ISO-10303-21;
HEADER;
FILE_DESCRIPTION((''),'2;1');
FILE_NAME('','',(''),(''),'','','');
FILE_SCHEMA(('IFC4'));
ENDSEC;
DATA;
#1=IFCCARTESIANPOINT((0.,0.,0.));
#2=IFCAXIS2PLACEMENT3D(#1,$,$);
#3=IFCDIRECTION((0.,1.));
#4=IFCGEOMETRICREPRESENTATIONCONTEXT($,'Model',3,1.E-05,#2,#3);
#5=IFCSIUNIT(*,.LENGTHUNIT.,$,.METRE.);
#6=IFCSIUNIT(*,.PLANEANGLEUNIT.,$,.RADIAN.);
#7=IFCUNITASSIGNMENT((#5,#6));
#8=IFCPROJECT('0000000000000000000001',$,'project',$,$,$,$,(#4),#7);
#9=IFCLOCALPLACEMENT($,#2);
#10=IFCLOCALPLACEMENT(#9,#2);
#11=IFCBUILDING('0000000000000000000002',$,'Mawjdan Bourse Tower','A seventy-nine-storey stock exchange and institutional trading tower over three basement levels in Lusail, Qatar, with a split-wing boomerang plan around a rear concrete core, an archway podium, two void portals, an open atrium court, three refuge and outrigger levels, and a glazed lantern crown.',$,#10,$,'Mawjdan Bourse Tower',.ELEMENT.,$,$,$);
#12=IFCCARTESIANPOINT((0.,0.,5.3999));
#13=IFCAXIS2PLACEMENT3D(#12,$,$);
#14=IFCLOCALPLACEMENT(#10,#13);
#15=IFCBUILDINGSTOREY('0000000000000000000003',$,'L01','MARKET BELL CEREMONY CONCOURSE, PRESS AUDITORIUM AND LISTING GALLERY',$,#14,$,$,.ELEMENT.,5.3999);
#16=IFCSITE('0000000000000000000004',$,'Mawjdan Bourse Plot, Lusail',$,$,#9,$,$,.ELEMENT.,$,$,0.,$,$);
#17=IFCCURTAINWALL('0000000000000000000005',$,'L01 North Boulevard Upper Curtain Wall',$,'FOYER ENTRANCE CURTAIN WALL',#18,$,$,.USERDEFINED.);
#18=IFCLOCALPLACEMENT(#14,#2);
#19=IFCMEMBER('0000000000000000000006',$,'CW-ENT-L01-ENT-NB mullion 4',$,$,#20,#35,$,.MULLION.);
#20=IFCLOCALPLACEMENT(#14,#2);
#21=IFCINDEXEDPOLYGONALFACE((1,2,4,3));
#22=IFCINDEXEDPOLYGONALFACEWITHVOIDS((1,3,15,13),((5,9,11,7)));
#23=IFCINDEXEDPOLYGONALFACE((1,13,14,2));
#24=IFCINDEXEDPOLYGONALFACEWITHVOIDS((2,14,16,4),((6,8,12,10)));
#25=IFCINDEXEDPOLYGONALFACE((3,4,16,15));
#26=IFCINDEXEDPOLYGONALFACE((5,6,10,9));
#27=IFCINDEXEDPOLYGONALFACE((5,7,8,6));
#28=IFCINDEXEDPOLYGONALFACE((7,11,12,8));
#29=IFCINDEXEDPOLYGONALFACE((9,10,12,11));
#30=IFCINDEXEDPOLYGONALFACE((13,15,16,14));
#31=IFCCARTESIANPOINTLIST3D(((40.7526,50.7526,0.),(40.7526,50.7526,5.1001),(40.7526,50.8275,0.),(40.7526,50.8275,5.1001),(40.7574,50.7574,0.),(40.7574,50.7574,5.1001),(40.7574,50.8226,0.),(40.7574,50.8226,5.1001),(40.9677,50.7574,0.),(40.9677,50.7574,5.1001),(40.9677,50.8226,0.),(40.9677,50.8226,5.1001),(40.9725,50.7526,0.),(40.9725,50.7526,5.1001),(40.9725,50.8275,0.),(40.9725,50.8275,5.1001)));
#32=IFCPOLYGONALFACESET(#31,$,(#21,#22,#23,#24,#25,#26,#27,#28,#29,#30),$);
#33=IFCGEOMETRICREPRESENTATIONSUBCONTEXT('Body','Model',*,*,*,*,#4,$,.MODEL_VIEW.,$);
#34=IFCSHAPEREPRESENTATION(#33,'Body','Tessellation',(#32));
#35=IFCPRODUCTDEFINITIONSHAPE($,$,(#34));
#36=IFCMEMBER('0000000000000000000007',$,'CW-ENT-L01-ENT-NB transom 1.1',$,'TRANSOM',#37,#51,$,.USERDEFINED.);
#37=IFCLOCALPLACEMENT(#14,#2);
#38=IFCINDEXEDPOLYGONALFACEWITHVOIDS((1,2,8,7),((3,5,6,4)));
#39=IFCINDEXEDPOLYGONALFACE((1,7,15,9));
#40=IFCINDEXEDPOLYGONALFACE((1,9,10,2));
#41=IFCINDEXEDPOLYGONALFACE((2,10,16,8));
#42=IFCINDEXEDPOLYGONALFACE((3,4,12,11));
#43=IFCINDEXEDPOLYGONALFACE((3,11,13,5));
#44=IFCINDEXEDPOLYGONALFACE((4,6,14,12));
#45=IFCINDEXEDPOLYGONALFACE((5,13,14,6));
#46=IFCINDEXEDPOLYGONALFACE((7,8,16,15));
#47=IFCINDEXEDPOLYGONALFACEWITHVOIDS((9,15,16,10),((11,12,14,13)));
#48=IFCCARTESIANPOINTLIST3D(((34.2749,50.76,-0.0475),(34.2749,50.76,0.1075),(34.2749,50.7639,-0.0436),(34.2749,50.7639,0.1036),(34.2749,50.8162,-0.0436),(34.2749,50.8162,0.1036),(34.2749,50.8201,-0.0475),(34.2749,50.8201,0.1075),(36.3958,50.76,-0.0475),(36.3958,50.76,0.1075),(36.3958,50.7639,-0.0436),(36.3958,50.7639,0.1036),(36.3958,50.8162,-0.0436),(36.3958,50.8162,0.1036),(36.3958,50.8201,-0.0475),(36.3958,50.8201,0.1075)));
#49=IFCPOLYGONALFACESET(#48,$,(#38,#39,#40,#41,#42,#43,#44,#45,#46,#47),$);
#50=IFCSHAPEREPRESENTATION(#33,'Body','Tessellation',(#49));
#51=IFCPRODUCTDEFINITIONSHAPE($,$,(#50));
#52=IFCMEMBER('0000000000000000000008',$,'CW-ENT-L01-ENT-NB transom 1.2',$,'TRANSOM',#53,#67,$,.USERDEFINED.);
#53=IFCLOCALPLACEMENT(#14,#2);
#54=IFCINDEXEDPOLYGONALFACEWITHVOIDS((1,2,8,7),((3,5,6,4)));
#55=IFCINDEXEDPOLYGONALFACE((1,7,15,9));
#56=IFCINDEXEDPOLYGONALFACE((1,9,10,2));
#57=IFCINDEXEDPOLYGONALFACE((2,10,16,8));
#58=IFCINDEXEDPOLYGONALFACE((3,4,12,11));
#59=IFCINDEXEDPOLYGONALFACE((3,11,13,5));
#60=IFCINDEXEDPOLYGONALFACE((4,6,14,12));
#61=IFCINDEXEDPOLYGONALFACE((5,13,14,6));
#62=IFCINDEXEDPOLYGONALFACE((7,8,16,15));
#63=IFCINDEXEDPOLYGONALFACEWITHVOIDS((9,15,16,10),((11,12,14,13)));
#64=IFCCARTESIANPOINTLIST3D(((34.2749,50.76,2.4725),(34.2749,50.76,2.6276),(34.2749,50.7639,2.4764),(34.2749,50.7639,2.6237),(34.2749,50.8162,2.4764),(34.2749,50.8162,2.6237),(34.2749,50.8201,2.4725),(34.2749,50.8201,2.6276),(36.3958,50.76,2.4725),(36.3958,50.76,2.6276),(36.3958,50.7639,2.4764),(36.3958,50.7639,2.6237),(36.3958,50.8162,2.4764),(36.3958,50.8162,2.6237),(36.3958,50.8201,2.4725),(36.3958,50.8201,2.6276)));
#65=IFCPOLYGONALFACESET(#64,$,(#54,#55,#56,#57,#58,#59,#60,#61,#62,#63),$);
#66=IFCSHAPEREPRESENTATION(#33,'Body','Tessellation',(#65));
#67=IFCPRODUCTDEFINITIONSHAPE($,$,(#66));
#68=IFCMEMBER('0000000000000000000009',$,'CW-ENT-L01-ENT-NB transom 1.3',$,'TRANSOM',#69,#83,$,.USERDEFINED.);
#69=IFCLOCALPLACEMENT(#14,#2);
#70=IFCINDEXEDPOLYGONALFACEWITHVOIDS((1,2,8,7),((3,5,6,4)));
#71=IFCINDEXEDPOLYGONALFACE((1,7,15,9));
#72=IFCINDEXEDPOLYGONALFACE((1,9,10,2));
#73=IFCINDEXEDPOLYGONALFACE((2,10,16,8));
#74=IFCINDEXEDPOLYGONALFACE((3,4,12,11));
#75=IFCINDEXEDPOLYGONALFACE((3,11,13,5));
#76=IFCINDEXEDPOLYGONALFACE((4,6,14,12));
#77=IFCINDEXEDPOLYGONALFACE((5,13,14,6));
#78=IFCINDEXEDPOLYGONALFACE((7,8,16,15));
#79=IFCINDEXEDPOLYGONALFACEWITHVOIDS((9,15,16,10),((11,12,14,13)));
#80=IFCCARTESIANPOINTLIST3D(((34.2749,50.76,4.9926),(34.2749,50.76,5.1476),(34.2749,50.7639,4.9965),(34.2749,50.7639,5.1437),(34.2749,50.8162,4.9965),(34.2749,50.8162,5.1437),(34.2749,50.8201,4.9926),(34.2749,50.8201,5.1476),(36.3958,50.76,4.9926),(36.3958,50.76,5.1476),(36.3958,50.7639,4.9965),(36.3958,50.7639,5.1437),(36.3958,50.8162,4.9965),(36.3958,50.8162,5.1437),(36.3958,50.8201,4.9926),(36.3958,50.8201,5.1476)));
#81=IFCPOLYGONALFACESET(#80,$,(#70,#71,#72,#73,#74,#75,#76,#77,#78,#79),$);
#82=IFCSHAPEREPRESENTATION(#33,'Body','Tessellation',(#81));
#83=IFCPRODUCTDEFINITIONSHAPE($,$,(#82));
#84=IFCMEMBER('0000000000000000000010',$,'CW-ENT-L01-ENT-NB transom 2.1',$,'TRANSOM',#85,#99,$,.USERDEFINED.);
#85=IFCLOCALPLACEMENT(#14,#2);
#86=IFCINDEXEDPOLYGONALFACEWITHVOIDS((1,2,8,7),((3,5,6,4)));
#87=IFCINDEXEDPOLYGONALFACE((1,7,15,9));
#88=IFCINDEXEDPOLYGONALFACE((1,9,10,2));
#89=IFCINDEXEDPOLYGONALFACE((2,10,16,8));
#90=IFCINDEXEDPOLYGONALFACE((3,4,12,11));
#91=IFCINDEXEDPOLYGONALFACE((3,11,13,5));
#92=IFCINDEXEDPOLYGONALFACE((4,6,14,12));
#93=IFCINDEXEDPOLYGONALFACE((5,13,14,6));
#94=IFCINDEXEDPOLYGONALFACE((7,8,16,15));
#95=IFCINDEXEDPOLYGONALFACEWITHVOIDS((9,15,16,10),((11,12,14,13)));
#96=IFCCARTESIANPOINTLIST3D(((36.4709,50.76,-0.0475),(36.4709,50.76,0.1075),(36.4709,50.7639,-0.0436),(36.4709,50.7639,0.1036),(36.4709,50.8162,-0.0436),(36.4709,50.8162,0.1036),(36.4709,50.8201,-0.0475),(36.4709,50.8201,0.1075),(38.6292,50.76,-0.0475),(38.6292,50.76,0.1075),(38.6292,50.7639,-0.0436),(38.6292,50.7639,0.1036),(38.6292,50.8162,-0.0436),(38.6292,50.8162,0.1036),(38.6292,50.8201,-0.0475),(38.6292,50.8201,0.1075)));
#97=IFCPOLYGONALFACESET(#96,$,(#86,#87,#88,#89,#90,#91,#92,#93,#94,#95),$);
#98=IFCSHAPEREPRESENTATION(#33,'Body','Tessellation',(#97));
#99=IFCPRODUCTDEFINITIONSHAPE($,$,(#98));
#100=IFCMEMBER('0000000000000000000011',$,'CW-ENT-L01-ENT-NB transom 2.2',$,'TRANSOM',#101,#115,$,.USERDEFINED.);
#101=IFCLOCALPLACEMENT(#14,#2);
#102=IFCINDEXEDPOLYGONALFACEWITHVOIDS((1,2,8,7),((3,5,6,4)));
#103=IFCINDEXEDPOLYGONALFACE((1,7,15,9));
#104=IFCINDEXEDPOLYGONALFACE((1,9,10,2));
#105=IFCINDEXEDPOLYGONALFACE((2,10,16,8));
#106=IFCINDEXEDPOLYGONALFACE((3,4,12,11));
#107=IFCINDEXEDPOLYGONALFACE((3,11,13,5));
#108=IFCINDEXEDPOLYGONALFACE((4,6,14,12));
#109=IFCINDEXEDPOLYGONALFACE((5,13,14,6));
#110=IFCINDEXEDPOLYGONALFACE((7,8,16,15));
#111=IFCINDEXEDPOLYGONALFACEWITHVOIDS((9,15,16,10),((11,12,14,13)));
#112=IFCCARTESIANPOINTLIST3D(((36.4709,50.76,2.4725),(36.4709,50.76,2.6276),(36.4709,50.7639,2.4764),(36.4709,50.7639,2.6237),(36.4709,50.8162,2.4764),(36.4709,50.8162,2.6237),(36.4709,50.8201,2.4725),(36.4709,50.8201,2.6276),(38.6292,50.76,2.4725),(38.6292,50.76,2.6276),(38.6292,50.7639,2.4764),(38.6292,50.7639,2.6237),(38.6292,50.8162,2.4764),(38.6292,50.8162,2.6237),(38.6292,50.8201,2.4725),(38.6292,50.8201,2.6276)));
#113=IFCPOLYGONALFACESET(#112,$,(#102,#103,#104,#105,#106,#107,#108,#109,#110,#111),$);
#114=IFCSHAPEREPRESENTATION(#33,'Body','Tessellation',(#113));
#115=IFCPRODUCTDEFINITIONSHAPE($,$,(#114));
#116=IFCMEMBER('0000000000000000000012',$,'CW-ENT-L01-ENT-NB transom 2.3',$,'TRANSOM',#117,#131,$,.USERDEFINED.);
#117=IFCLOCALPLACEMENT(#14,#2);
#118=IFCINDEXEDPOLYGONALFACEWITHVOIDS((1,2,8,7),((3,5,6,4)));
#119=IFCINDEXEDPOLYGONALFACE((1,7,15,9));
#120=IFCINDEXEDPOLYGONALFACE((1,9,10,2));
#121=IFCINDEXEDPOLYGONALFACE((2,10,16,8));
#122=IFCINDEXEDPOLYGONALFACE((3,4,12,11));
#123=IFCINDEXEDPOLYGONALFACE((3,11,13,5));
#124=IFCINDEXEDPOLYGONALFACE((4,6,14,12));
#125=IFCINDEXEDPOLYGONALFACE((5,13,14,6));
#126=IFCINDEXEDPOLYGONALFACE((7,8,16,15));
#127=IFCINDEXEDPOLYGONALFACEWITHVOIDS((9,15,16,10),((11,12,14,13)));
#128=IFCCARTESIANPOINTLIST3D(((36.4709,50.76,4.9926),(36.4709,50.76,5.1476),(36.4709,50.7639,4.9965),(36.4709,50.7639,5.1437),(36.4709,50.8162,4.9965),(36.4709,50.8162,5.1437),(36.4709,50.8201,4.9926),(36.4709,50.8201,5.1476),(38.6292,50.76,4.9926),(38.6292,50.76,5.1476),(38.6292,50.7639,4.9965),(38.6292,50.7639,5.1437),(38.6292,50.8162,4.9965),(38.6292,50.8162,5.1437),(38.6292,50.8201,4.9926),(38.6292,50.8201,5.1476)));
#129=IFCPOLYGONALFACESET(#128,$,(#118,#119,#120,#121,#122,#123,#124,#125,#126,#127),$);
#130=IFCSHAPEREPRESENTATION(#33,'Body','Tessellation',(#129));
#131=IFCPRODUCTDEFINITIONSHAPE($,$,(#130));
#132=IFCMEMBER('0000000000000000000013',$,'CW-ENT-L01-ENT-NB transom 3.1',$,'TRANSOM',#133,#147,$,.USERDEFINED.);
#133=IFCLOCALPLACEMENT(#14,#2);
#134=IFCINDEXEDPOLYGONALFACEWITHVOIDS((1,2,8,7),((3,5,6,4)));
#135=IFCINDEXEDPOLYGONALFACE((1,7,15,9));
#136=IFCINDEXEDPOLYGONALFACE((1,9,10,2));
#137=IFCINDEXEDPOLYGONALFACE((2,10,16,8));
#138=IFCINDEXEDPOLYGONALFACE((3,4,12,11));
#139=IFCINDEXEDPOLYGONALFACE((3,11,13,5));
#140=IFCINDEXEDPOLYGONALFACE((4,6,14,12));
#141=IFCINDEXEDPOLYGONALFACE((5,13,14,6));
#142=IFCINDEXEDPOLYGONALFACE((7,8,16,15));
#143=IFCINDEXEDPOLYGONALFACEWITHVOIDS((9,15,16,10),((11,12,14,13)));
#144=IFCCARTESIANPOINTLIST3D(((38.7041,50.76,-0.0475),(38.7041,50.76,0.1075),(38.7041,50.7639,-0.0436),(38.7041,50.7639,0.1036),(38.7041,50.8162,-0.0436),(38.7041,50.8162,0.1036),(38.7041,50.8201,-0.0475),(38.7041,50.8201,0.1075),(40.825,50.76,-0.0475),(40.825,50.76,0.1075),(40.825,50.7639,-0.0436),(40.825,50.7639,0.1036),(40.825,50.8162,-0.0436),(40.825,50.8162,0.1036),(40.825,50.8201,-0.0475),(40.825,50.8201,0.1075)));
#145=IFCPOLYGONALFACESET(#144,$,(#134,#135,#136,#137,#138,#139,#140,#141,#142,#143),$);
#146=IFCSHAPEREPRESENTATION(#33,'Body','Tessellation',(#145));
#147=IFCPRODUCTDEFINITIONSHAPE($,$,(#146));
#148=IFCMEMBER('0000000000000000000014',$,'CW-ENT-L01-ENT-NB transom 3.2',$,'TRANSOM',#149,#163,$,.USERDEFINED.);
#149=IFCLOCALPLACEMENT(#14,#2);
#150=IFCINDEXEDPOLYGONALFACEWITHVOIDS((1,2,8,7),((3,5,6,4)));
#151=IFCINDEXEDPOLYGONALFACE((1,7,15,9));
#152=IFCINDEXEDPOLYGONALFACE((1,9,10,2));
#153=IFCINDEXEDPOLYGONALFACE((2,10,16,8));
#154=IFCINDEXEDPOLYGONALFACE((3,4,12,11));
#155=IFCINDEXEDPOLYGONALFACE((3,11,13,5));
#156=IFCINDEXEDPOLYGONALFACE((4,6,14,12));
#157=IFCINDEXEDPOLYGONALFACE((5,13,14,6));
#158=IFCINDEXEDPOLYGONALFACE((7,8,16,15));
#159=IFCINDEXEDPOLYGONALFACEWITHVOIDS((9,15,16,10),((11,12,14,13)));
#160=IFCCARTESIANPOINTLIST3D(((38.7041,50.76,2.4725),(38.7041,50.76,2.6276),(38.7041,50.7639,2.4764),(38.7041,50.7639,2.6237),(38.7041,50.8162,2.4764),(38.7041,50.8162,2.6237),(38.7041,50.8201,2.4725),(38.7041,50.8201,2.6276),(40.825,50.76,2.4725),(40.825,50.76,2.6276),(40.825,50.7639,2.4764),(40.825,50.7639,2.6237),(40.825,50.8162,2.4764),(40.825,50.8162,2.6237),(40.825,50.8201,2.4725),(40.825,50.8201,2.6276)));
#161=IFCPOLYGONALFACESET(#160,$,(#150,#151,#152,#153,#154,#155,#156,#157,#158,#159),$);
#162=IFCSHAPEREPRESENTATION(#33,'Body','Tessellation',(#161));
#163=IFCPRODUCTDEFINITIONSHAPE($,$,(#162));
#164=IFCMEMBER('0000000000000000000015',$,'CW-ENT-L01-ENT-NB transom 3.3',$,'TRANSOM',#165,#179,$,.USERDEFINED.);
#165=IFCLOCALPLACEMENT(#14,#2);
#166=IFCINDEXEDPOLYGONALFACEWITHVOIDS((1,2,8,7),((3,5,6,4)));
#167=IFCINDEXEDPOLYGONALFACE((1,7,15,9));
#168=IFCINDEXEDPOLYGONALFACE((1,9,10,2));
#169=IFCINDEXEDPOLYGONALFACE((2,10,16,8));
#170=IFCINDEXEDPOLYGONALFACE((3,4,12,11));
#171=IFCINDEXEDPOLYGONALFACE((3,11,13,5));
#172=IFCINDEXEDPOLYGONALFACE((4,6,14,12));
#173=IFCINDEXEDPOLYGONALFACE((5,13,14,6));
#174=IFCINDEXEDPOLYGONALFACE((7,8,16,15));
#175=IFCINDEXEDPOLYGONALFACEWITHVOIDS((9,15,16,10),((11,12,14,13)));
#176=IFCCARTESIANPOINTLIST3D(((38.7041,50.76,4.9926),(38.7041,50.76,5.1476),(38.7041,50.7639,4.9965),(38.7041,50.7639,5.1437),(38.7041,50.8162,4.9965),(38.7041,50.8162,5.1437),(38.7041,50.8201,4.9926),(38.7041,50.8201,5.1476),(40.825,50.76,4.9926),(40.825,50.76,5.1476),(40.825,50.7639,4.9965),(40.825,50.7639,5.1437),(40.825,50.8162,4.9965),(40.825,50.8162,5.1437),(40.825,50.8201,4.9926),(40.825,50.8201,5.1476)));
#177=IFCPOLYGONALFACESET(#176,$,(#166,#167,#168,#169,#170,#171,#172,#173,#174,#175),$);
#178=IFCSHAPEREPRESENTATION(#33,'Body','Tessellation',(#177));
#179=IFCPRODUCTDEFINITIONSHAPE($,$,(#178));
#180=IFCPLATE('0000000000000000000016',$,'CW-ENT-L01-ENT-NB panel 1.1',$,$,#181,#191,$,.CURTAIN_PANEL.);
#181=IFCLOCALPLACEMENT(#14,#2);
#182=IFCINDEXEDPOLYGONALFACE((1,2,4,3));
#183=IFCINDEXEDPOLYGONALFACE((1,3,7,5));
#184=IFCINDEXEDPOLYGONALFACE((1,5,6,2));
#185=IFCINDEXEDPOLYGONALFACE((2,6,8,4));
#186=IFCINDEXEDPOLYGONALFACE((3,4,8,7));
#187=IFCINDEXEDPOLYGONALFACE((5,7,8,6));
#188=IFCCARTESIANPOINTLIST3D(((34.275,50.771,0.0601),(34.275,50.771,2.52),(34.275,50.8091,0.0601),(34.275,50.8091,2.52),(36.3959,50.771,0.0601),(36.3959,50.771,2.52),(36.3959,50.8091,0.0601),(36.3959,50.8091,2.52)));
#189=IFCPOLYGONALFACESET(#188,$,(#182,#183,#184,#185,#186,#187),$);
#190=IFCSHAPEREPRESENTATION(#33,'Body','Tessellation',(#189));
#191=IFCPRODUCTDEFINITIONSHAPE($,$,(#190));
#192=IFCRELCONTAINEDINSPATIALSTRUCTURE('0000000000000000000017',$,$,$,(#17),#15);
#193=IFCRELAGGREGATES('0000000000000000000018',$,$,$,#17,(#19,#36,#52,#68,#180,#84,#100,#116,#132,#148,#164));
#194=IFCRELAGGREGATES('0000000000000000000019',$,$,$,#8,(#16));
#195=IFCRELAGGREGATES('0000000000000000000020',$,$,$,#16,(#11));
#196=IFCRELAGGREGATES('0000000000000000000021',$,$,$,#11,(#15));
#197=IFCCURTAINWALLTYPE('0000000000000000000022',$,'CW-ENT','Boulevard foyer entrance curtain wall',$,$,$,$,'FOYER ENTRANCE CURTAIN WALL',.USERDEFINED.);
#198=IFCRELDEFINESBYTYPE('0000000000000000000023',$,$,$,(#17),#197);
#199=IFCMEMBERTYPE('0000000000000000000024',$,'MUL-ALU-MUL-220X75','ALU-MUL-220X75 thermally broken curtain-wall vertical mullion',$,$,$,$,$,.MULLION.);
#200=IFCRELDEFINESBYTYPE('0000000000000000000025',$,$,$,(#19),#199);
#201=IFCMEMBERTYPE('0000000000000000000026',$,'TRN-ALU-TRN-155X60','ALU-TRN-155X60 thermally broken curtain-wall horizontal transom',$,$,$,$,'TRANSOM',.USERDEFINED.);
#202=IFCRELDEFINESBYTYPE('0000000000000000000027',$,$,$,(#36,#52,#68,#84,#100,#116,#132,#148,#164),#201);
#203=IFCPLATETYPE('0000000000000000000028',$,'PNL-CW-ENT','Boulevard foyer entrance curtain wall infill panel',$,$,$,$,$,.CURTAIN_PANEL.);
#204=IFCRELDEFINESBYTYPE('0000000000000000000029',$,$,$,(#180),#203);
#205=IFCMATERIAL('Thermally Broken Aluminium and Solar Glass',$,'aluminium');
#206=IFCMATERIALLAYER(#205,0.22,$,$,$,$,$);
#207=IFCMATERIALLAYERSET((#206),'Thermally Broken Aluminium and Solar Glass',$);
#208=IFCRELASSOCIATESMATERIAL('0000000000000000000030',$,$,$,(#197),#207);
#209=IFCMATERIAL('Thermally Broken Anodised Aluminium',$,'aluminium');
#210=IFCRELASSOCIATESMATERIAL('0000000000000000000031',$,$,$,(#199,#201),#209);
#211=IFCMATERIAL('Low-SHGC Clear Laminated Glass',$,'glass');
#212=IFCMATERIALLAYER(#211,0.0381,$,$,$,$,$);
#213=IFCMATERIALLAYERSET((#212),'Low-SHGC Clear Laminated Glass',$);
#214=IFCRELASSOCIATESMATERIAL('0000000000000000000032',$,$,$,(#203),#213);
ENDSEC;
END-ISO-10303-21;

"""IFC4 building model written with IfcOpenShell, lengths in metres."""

from ifc_helpers import new_model, si_unit, direction, frame, origin, origin_2d, place, context, subcontext, project, spatial, rectangle, hollow_rectangle, extrude, material, layer, layer_set, material_profile, profile_set, type_object, element, aggregate, save


model = new_model("IFC4")

# Units and contexts
model_context = context("Model", 3, precision=1e-05, world=origin(), true_north=direction((0.0, 1.0)))
body_context = subcontext(model_context, "Body", "Model", "MODEL_VIEW")
ifc_project = project(units=[si_unit("LENGTHUNIT", "METRE"), si_unit("PLANEANGLEUNIT", "RADIAN")], contexts=[model_context])

# Site, building, storey
site_placement = place(None, origin())
site = spatial("IfcSite", under=ifc_project, at=site_placement, Name="Mawjdan Bourse Plot, Lusail", CompositionType="ELEMENT", RefElevation=0.0)
building_placement = place(site_placement, origin())
building = spatial("IfcBuilding", under=site, at=building_placement, Name="Mawjdan Bourse Tower", Description="A seventy-nine-storey stock exchange and institutional trading tower over three basement levels in Lusail, Qatar, with a split-wing boomerang plan around a rear concrete core, an archway podium, two void portals, an open atrium court, three refuge and outrigger levels, and a glazed lantern crown.", LongName="Mawjdan Bourse Tower", CompositionType="ELEMENT")
storey_placement = place(building_placement, frame((0.0, 0.0, 5.3999)))
storey = spatial("IfcBuildingStorey", under=building, at=storey_placement, Name="L01", Description="MARKET BELL CEREMONY CONCOURSE, PRESS AUDITORIUM AND LISTING GALLERY", CompositionType="ELEMENT", Elevation=5.3999)

# Curtain wall, members, plate
ifc_material_1 = material(Name="Thermally Broken Aluminium and Solar Glass", Category="aluminium")
ifc_layer_1 = layer(ifc_material_1, 0.22)
ifc_layer_set_1 = layer_set([ifc_layer_1], Name="Thermally Broken Aluminium and Solar Glass")
curtain_wall_type = type_object("IfcCurtainWallType", Name="CW-ENT", Description="Boulevard foyer entrance curtain wall", ElementType="FOYER ENTRANCE CURTAIN WALL", PredefinedType="USERDEFINED", material=ifc_layer_set_1)
curtain_wall_placement = place(storey_placement, origin())
curtain_wall = element("IfcCurtainWall", 1, at=curtain_wall_placement, inside=storey, type_object=curtain_wall_type, Name="L01 North Boulevard Upper Curtain Wall", ObjectType="FOYER ENTRANCE CURTAIN WALL", PredefinedType="USERDEFINED")
ifc_material_2 = material(Name="Thermally Broken Anodised Aluminium", Category="aluminium")
ifc_material_profile_1 = material_profile(ifc_material_2, hollow_rectangle(XDim=0.075, YDim=0.22, WallThickness=0.0049, at=origin_2d()), Name="ALU-MUL-220X75")
ifc_profile_set_1 = profile_set([ifc_material_profile_1], Name="Thermally Broken Anodised Aluminium")
member_type_1 = type_object("IfcMemberType", Name="MUL-ALU-MUL-220X75", Description="ALU-MUL-220X75 thermally broken curtain-wall vertical mullion", PredefinedType="MULLION", material=ifc_profile_set_1)
member_1_placement = place(storey_placement, frame((40.8625, 50.79, 0.0), z_axis=(0.0, 0.0, 1.0), x_axis=(0.0, 1.0, 0.0)))
member_1 = element("IfcMember", 2, at=member_1_placement, type_object=member_type_1, Name="CW-ENT-L01-ENT-NB mullion 4", PredefinedType="MULLION", context=body_context, shape_type="SweptSolid", body=[
    extrude(hollow_rectangle(XDim=0.075, YDim=0.22, WallThickness=0.0049, at=origin_2d()), origin(), (0.0, 0.0, 1.0), 5.1001),
])
ifc_material_profile_2 = material_profile(ifc_material_2, hollow_rectangle(XDim=0.0601, YDim=0.155, WallThickness=0.0039, at=origin_2d()), Name="ALU-TRN-155X60")
ifc_profile_set_2 = profile_set([ifc_material_profile_2], Name="Thermally Broken Anodised Aluminium")
member_type_2 = type_object("IfcMemberType", Name="TRN-ALU-TRN-155X60", Description="ALU-TRN-155X60 thermally broken curtain-wall horizontal transom", ElementType="TRANSOM", PredefinedType="USERDEFINED", material=ifc_profile_set_2)
member_2_placement = place(storey_placement, frame((34.2749, 50.79, 0.03), z_axis=(1.0, 0.0, 0.0), x_axis=(0.0, 1.0, 0.0)))
member_2 = element("IfcMember", 3, at=member_2_placement, type_object=member_type_2, Name="CW-ENT-L01-ENT-NB transom 1.1", ObjectType="TRANSOM", PredefinedType="USERDEFINED", context=body_context, shape_type="SweptSolid", body=[
    extrude(hollow_rectangle(XDim=0.0601, YDim=0.155, WallThickness=0.0039, at=origin_2d()), origin(), (0.0, 0.0, 1.0), 2.1208),
])
member_3_placement = place(storey_placement, frame((34.2749, 50.79, 2.55), z_axis=(1.0, 0.0, 0.0), x_axis=(0.0, 1.0, 0.0)))
member_3 = element("IfcMember", 4, at=member_3_placement, type_object=member_type_2, Name="CW-ENT-L01-ENT-NB transom 1.2", ObjectType="TRANSOM", PredefinedType="USERDEFINED", context=body_context, shape_type="SweptSolid", body=[
    extrude(hollow_rectangle(XDim=0.0601, YDim=0.155, WallThickness=0.0039, at=origin_2d()), origin(), (0.0, 0.0, 1.0), 2.1208),
])
member_4_placement = place(storey_placement, frame((34.2749, 50.79, 5.0701), z_axis=(1.0, 0.0, 0.0), x_axis=(0.0, 1.0, 0.0)))
member_4 = element("IfcMember", 5, at=member_4_placement, type_object=member_type_2, Name="CW-ENT-L01-ENT-NB transom 1.3", ObjectType="TRANSOM", PredefinedType="USERDEFINED", context=body_context, shape_type="SweptSolid", body=[
    extrude(hollow_rectangle(XDim=0.0601, YDim=0.155, WallThickness=0.0039, at=origin_2d()), origin(), (0.0, 0.0, 1.0), 2.1208),
])
member_5_placement = place(storey_placement, frame((36.4709, 50.79, 0.03), z_axis=(1.0, 0.0, 0.0), x_axis=(0.0, 1.0, 0.0)))
member_5 = element("IfcMember", 6, at=member_5_placement, type_object=member_type_2, Name="CW-ENT-L01-ENT-NB transom 2.1", ObjectType="TRANSOM", PredefinedType="USERDEFINED", context=body_context, shape_type="SweptSolid", body=[
    extrude(hollow_rectangle(XDim=0.0601, YDim=0.155, WallThickness=0.0039, at=origin_2d()), origin(), (0.0, 0.0, 1.0), 2.1582),
])
member_6_placement = place(storey_placement, frame((36.4709, 50.79, 2.55), z_axis=(1.0, 0.0, 0.0), x_axis=(0.0, 1.0, 0.0)))
member_6 = element("IfcMember", 7, at=member_6_placement, type_object=member_type_2, Name="CW-ENT-L01-ENT-NB transom 2.2", ObjectType="TRANSOM", PredefinedType="USERDEFINED", context=body_context, shape_type="SweptSolid", body=[
    extrude(hollow_rectangle(XDim=0.0601, YDim=0.155, WallThickness=0.0039, at=origin_2d()), origin(), (0.0, 0.0, 1.0), 2.1582),
])
member_7_placement = place(storey_placement, frame((36.4709, 50.79, 5.0701), z_axis=(1.0, 0.0, 0.0), x_axis=(0.0, 1.0, 0.0)))
member_7 = element("IfcMember", 8, at=member_7_placement, type_object=member_type_2, Name="CW-ENT-L01-ENT-NB transom 2.3", ObjectType="TRANSOM", PredefinedType="USERDEFINED", context=body_context, shape_type="SweptSolid", body=[
    extrude(hollow_rectangle(XDim=0.0601, YDim=0.155, WallThickness=0.0039, at=origin_2d()), origin(), (0.0, 0.0, 1.0), 2.1582),
])
member_8_placement = place(storey_placement, frame((38.7041, 50.79, 0.03), z_axis=(1.0, 0.0, 0.0), x_axis=(0.0, 1.0, 0.0)))
member_8 = element("IfcMember", 9, at=member_8_placement, type_object=member_type_2, Name="CW-ENT-L01-ENT-NB transom 3.1", ObjectType="TRANSOM", PredefinedType="USERDEFINED", context=body_context, shape_type="SweptSolid", body=[
    extrude(hollow_rectangle(XDim=0.0601, YDim=0.155, WallThickness=0.0039, at=origin_2d()), origin(), (0.0, 0.0, 1.0), 2.1208),
])
member_9_placement = place(storey_placement, frame((38.7041, 50.79, 2.55), z_axis=(1.0, 0.0, 0.0), x_axis=(0.0, 1.0, 0.0)))
member_9 = element("IfcMember", 10, at=member_9_placement, type_object=member_type_2, Name="CW-ENT-L01-ENT-NB transom 3.2", ObjectType="TRANSOM", PredefinedType="USERDEFINED", context=body_context, shape_type="SweptSolid", body=[
    extrude(hollow_rectangle(XDim=0.0601, YDim=0.155, WallThickness=0.0039, at=origin_2d()), origin(), (0.0, 0.0, 1.0), 2.1208),
])
member_10_placement = place(storey_placement, frame((38.7041, 50.79, 5.0701), z_axis=(1.0, 0.0, 0.0), x_axis=(0.0, 1.0, 0.0)))
member_10 = element("IfcMember", 11, at=member_10_placement, type_object=member_type_2, Name="CW-ENT-L01-ENT-NB transom 3.3", ObjectType="TRANSOM", PredefinedType="USERDEFINED", context=body_context, shape_type="SweptSolid", body=[
    extrude(hollow_rectangle(XDim=0.0601, YDim=0.155, WallThickness=0.0039, at=origin_2d()), origin(), (0.0, 0.0, 1.0), 2.1208),
])
ifc_material_3 = material(Name="Low-SHGC Clear Laminated Glass", Category="glass")
ifc_layer_2 = layer(ifc_material_3, 0.0381)
ifc_layer_set_2 = layer_set([ifc_layer_2], Name="Low-SHGC Clear Laminated Glass")
plate_type = type_object("IfcPlateType", Name="PNL-CW-ENT", Description="Boulevard foyer entrance curtain wall infill panel", PredefinedType="CURTAIN_PANEL", material=ifc_layer_set_2)
plate_1_placement = place(storey_placement, frame((35.3354, 50.79, 0.0601), z_axis=(0.0, 0.0, 1.0), x_axis=(1.0, 0.0, 0.0)))
plate_1 = element("IfcPlate", 12, at=plate_1_placement, type_object=plate_type, Name="CW-ENT-L01-ENT-NB panel 1.1", PredefinedType="CURTAIN_PANEL", context=body_context, shape_type="SweptSolid", body=[
    extrude(rectangle(XDim=2.1208, YDim=0.0381, at=origin_2d()), origin(), (0.0, 0.0, 1.0), 2.46),
])
aggregate(curtain_wall, [member_1, member_2, member_3, member_4, plate_1, member_5, member_6, member_7, member_8, member_9, member_10])

save(model, "model.ifc")
